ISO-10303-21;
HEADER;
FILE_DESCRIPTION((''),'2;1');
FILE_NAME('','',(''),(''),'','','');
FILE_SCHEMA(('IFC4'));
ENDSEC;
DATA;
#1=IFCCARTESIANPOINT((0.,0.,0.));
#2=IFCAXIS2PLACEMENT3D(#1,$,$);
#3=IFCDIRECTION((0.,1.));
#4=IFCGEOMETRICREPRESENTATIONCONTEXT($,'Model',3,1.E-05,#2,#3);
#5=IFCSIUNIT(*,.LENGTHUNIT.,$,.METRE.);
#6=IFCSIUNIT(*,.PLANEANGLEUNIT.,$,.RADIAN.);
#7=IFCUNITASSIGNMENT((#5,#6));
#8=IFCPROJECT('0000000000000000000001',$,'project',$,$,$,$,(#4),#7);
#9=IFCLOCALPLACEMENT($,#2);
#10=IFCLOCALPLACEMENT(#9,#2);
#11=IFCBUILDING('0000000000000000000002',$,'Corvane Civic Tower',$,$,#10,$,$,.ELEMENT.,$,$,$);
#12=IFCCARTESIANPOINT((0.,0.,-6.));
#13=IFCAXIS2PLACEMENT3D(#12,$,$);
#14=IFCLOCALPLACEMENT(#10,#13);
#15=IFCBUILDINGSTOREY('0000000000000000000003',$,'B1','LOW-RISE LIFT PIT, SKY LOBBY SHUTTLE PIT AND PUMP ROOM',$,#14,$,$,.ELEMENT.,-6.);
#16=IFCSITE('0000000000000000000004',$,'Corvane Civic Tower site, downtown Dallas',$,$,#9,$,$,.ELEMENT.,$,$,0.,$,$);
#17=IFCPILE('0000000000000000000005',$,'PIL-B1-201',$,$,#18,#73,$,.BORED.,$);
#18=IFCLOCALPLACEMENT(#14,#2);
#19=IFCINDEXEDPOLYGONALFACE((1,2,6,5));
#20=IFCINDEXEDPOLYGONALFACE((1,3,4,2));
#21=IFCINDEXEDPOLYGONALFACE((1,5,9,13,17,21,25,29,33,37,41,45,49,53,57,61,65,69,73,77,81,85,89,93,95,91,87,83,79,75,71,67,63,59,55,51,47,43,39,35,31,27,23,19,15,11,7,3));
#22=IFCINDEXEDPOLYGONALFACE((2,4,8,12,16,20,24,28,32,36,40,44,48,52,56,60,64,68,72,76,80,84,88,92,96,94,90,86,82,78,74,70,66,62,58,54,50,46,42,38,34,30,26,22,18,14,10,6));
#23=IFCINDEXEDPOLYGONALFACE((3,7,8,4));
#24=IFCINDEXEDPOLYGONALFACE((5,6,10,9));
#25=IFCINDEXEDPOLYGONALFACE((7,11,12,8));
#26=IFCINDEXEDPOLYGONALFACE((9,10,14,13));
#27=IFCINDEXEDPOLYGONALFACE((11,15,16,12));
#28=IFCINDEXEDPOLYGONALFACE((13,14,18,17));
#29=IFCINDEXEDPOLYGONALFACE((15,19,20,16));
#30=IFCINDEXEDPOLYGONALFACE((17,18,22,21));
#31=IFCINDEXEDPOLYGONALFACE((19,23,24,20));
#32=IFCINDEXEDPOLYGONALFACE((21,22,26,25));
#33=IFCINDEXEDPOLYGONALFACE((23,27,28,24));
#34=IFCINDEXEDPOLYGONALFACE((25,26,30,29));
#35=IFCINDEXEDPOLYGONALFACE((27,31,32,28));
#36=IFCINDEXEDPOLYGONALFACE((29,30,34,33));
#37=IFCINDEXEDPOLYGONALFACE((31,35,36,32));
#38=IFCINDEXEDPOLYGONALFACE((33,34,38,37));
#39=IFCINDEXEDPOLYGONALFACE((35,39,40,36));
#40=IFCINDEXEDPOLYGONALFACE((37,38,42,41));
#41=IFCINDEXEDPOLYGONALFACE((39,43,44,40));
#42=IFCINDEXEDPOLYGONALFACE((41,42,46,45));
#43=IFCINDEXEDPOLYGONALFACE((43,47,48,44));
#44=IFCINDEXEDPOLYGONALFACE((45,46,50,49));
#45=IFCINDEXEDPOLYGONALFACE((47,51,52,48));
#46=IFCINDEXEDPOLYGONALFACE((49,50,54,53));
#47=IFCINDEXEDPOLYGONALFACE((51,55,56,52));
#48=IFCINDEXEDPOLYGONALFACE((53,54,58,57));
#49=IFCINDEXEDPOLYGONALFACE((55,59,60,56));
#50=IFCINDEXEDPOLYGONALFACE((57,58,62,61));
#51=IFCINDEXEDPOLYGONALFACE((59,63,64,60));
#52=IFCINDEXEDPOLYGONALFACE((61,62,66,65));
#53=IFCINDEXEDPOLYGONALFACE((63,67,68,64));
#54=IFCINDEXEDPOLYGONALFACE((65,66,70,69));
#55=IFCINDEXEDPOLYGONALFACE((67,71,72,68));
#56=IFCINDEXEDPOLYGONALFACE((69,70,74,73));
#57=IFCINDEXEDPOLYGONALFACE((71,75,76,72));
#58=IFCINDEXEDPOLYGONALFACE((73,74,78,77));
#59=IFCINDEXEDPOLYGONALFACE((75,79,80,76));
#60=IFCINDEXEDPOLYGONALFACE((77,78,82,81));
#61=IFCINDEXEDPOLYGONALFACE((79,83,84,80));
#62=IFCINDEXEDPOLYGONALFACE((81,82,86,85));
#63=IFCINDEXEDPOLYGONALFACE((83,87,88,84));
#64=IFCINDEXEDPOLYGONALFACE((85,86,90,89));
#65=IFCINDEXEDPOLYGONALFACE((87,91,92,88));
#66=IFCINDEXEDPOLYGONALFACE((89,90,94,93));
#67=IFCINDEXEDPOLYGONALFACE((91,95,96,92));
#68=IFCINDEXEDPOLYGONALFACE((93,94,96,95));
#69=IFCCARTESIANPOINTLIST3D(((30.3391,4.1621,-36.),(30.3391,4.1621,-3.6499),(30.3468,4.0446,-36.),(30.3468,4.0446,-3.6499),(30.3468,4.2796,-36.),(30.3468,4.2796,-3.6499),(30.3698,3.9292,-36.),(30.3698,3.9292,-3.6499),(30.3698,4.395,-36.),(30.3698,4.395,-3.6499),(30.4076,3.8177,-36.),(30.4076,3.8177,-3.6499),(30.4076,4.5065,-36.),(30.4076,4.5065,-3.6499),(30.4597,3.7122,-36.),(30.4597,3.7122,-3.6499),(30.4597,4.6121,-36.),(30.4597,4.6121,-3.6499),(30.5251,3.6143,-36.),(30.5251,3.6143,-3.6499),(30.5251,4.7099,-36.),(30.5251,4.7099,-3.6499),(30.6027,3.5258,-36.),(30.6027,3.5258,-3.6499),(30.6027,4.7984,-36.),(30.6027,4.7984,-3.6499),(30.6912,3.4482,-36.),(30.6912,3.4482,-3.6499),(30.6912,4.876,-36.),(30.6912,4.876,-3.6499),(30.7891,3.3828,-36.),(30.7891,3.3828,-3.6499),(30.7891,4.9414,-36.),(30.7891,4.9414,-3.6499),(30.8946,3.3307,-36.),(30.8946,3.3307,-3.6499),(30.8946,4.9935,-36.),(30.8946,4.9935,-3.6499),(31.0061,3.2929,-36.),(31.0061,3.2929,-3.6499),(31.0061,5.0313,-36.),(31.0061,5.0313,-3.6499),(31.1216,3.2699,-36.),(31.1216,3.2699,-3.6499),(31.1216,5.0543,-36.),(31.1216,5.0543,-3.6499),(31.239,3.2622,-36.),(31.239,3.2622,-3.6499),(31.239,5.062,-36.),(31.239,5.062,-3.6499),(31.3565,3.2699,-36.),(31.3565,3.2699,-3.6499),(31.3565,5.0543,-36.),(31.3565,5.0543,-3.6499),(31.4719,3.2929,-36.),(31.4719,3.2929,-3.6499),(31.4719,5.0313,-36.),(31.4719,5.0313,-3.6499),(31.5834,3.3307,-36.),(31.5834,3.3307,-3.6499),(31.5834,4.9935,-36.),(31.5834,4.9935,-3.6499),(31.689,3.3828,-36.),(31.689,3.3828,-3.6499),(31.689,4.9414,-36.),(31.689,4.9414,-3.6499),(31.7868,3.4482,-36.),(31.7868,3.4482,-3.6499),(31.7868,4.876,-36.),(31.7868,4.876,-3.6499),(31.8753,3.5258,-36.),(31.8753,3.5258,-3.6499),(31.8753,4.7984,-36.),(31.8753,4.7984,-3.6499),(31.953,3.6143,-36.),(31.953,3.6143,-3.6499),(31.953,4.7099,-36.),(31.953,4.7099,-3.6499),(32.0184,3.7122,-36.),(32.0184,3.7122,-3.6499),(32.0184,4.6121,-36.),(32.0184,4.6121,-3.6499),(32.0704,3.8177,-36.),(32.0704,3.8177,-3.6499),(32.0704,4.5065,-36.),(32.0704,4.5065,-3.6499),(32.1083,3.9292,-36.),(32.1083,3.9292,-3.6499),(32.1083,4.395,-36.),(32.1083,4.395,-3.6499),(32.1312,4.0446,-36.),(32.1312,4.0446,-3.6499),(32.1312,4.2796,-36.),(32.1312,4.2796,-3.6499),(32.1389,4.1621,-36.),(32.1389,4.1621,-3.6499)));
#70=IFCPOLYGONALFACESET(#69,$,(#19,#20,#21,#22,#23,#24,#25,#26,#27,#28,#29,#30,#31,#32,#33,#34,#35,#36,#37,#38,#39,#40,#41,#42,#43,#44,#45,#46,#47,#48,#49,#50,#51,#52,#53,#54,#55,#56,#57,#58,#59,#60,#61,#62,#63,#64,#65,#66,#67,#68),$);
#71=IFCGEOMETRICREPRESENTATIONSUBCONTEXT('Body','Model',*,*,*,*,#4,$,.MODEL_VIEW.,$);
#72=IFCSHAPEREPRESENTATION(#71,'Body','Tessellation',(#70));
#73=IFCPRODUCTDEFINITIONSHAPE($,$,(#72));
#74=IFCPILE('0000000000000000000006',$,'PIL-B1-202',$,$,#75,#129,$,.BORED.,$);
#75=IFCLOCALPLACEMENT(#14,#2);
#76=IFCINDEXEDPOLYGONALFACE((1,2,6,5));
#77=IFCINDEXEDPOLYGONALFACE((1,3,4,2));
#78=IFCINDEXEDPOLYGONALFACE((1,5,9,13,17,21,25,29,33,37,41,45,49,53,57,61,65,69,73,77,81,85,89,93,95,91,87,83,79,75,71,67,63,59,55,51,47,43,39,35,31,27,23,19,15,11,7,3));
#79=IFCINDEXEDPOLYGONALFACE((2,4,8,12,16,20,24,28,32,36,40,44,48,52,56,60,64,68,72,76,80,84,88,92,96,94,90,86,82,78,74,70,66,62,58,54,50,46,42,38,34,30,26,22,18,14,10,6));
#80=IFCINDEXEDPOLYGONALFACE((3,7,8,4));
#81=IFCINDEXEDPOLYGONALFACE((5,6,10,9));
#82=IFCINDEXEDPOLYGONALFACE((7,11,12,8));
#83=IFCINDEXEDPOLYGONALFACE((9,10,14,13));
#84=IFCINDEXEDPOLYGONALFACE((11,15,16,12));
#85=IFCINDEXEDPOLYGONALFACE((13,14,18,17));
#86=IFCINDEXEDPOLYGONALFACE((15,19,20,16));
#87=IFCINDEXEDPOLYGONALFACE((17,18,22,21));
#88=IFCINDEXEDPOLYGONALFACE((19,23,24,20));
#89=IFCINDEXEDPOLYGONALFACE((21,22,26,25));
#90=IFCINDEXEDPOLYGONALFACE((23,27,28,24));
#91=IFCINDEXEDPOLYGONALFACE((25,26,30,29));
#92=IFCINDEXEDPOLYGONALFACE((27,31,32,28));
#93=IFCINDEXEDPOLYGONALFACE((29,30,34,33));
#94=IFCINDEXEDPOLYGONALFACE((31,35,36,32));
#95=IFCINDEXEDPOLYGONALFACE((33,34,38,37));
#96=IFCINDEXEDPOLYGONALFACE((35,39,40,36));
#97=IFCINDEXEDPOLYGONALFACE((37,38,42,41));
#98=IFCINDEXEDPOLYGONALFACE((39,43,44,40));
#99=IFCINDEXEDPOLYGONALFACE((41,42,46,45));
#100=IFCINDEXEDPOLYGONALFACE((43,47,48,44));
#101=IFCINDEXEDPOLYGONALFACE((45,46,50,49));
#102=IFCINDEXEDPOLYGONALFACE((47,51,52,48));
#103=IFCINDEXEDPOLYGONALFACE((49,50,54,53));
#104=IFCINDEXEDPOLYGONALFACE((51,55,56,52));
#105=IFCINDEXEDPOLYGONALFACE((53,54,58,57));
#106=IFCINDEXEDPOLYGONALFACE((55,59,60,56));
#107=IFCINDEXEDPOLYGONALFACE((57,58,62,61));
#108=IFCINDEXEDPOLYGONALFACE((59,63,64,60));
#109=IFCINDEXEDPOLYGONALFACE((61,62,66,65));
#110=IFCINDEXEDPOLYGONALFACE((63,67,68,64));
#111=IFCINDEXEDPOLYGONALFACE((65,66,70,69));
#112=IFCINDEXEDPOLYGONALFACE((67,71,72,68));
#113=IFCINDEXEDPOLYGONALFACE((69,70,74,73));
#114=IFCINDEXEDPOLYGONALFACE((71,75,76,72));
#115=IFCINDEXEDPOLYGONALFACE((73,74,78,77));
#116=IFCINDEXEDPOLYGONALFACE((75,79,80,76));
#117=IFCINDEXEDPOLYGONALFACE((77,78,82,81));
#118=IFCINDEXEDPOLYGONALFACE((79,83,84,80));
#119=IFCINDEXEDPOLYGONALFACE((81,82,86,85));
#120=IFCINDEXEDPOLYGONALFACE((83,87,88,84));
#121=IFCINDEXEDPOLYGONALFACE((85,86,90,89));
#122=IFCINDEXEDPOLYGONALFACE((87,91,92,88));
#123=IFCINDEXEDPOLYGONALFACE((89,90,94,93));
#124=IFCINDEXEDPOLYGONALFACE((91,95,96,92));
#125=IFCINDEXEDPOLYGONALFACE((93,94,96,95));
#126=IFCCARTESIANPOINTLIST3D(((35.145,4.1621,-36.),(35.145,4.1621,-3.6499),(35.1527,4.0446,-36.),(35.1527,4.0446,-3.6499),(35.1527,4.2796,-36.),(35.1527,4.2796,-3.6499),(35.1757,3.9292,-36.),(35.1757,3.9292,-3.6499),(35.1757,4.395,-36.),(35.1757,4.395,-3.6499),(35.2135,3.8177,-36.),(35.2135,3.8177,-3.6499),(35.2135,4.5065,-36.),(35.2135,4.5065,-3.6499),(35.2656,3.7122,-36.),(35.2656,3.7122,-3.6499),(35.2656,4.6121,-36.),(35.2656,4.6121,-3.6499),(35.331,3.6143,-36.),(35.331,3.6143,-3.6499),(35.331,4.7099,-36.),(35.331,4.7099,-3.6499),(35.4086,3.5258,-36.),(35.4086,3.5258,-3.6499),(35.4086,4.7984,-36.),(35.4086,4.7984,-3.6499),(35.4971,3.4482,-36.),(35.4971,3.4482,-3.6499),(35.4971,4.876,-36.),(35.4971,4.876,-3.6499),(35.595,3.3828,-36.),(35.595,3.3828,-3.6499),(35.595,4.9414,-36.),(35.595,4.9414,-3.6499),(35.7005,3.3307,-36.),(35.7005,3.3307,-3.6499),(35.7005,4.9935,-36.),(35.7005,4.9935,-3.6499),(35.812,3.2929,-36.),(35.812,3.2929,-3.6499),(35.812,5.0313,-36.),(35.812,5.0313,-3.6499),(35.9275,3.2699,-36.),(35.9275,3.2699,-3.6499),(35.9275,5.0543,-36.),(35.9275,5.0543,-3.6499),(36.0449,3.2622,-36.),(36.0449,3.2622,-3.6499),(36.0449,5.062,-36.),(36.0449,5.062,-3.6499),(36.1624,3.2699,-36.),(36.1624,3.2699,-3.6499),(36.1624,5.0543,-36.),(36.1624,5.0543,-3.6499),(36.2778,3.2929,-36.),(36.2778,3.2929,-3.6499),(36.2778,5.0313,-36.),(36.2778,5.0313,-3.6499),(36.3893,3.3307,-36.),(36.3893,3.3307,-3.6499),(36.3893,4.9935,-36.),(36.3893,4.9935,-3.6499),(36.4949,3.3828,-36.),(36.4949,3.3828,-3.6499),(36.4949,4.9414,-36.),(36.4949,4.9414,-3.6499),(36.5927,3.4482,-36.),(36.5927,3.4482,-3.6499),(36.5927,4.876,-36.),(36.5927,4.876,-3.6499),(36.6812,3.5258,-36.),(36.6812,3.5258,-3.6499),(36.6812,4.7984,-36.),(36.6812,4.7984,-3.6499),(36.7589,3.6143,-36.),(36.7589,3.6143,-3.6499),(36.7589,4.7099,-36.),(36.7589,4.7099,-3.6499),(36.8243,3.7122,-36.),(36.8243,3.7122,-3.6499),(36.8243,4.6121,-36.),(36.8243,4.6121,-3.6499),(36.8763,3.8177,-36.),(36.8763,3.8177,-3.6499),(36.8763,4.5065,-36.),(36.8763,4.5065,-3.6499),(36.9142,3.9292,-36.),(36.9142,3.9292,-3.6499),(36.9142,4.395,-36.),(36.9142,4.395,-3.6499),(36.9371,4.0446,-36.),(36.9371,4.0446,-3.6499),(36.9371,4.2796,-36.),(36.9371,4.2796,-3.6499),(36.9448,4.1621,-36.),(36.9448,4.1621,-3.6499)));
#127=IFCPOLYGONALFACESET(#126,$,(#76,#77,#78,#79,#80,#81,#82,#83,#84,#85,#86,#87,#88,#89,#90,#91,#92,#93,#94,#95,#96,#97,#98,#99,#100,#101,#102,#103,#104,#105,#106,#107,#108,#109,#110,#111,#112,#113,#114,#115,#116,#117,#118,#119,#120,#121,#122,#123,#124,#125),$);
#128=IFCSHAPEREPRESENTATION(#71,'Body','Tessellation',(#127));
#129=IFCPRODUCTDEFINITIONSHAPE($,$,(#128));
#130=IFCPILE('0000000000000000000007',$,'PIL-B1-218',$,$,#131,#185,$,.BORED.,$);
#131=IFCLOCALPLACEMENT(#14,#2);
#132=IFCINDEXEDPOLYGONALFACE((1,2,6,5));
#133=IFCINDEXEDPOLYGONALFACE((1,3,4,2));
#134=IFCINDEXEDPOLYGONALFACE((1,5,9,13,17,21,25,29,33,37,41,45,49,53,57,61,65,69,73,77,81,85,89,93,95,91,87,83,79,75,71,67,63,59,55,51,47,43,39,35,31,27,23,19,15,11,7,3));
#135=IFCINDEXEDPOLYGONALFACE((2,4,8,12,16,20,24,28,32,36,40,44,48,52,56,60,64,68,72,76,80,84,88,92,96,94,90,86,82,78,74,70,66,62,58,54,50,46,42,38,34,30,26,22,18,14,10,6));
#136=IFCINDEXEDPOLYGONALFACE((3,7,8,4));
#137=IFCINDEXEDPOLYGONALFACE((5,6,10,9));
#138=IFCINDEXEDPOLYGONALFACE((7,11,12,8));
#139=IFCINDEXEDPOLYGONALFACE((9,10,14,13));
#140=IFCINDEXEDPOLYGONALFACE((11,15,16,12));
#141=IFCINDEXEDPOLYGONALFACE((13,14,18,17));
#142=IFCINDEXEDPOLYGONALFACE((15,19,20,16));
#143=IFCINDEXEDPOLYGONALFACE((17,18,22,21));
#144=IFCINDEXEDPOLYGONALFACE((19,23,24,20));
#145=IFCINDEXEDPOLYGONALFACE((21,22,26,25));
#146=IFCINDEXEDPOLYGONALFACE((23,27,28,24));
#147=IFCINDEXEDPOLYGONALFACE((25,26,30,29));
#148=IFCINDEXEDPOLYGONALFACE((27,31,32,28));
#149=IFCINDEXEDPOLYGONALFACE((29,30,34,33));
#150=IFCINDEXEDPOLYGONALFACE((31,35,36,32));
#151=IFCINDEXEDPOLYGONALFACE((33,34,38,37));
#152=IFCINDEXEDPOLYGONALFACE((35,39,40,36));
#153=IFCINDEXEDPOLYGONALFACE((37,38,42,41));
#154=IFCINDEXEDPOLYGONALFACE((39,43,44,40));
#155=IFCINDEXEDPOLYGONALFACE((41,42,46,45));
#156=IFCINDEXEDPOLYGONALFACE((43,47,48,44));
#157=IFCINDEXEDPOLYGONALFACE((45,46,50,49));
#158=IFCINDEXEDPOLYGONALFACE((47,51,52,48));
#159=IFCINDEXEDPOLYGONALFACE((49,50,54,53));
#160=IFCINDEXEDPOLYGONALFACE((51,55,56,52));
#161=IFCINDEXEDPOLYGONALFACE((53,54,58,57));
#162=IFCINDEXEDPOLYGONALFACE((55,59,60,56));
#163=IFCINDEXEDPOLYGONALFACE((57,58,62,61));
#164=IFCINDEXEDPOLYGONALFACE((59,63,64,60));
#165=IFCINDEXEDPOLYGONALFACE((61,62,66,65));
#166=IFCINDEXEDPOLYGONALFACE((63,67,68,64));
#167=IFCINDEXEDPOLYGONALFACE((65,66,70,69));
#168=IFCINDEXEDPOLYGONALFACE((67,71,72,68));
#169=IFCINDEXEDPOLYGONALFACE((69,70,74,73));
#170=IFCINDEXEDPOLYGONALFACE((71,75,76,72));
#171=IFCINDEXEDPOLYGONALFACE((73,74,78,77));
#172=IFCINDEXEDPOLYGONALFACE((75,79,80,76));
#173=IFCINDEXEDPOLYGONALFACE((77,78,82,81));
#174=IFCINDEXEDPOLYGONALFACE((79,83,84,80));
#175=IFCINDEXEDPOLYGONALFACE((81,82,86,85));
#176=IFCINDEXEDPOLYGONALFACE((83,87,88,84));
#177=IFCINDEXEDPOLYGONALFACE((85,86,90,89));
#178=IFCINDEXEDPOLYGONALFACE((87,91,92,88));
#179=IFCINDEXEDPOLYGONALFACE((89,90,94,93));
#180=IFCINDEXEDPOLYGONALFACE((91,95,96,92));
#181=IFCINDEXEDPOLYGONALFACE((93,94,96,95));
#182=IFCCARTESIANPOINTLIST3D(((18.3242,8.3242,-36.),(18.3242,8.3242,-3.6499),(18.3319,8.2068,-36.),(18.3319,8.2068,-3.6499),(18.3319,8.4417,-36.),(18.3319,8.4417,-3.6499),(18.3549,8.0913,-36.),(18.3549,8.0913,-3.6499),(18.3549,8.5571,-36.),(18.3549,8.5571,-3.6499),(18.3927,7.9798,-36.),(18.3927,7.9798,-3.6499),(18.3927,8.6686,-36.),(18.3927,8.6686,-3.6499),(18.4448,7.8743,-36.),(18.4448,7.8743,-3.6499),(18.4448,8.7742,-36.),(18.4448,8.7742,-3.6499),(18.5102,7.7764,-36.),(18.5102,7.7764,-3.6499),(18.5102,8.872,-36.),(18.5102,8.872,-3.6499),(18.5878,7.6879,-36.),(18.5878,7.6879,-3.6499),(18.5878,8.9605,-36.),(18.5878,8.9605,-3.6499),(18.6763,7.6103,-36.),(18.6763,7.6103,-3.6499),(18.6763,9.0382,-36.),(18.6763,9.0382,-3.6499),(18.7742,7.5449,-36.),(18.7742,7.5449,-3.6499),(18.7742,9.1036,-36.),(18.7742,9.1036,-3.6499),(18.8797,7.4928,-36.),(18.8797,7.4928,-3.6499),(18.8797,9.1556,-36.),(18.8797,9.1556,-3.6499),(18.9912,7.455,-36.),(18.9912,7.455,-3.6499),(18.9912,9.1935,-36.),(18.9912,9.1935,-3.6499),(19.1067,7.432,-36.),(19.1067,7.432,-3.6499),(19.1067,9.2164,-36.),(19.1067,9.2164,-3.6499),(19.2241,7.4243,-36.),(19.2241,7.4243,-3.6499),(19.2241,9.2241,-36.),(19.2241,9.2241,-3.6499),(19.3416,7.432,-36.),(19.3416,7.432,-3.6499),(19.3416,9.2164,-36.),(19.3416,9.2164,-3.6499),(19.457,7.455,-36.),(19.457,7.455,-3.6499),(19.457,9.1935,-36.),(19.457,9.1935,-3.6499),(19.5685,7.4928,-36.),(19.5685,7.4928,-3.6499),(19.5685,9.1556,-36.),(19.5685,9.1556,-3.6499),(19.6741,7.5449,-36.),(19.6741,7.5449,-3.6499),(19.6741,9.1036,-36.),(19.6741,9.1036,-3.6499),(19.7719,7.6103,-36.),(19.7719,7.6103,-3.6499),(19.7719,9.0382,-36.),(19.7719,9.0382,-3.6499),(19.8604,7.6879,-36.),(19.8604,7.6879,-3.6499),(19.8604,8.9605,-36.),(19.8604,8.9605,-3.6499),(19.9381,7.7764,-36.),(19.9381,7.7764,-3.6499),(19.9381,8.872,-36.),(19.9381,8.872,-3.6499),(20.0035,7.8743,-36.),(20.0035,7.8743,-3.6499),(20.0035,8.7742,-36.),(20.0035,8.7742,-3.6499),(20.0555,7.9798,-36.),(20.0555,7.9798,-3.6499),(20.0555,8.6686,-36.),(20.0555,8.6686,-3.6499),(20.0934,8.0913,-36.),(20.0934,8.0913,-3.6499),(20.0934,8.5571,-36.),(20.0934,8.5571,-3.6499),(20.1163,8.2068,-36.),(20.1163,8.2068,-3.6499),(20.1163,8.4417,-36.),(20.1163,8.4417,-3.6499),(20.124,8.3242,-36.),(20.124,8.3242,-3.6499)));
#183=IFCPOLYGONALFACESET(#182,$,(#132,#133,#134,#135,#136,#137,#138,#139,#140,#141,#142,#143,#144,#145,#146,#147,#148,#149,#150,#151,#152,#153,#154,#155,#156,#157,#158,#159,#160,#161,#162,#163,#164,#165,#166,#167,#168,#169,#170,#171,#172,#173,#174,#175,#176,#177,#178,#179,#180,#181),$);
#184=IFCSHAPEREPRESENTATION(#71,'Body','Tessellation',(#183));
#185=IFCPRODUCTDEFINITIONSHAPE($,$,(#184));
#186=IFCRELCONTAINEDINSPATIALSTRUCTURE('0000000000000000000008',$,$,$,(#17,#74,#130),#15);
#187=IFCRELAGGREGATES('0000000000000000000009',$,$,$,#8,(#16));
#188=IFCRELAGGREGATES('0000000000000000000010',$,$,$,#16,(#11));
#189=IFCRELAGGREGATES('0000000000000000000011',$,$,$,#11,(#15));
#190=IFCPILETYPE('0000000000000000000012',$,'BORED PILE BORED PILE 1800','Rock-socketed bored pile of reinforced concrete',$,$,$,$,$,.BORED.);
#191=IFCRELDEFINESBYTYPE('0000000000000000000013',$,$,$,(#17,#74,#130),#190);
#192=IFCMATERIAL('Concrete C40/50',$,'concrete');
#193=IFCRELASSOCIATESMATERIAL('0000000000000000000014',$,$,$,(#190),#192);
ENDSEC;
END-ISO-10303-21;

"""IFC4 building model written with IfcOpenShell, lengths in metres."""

from ifc_helpers import new_model, si_unit, direction, frame, origin, origin_2d, place, context, subcontext, project, spatial, circle, extrude, material, material_profile, profile_set, type_object, element, save


model = new_model("IFC4")

# Units and contexts
model_context = context("Model", 3, precision=1e-05, world=origin(), true_north=direction((0.0, 1.0)))
body_context = subcontext(model_context, "Body", "Model", "MODEL_VIEW")
ifc_project = project(units=[si_unit("LENGTHUNIT", "METRE"), si_unit("PLANEANGLEUNIT", "RADIAN")], contexts=[model_context])

# Site, building, storey
site_placement = place(None, origin())
site = spatial("IfcSite", under=ifc_project, at=site_placement, Name="Corvane Civic Tower site, downtown Dallas", CompositionType="ELEMENT", RefElevation=0.0)
building_placement = place(site_placement, origin())
building = spatial("IfcBuilding", under=site, at=building_placement, Name="Corvane Civic Tower", CompositionType="ELEMENT")
storey_placement = place(building_placement, frame((0.0, 0.0, -6.0)))
storey = spatial("IfcBuildingStorey", under=building, at=storey_placement, Name="B1", Description="LOW-RISE LIFT PIT, SKY LOBBY SHUTTLE PIT AND PUMP ROOM", CompositionType="ELEMENT", Elevation=-6.0)

# Piles
ifc_material_1 = material(Name="Concrete C40/50", Category="concrete")
ifc_material_profile_1 = material_profile(ifc_material_1, circle(Radius=0.8999, at=origin_2d()), Name="BORED PILE 1800")
ifc_profile_set_1 = profile_set([ifc_material_profile_1], Name="Concrete C40/50")
pile_type = type_object("IfcPileType", Name="BORED PILE BORED PILE 1800", Description="Rock-socketed bored pile of reinforced concrete", PredefinedType="BORED", material=ifc_profile_set_1)
for number, where, z_axis, x_axis, name in (
    (1, (31.239, 4.1621, -3.6499), (0.0, 0.0, -1.0), (1.0, 0.0, 0.0), "PIL-B1-201"),
    (2, (36.0449, 4.1621, -3.6499), (0.0, 0.0, -1.0), (1.0, 0.0, 0.0), "PIL-B1-202"),
    (3, (19.2241, 8.3242, -3.6499), (0.0, 0.0, -1.0), (1.0, 0.0, 0.0), "PIL-B1-218"),
):
    element("IfcPile", number, at=place(storey_placement, frame(where, z_axis=z_axis, x_axis=x_axis)), inside=storey, type_object=pile_type, Name=name, PredefinedType="BORED", context=body_context, shape_type="SweptSolid", body=[
        extrude(circle(Radius=0.8999, at=origin_2d()), origin(), (0.0, 0.0, 1.0), 32.3501),
    ])

save(model, "model.ifc")
